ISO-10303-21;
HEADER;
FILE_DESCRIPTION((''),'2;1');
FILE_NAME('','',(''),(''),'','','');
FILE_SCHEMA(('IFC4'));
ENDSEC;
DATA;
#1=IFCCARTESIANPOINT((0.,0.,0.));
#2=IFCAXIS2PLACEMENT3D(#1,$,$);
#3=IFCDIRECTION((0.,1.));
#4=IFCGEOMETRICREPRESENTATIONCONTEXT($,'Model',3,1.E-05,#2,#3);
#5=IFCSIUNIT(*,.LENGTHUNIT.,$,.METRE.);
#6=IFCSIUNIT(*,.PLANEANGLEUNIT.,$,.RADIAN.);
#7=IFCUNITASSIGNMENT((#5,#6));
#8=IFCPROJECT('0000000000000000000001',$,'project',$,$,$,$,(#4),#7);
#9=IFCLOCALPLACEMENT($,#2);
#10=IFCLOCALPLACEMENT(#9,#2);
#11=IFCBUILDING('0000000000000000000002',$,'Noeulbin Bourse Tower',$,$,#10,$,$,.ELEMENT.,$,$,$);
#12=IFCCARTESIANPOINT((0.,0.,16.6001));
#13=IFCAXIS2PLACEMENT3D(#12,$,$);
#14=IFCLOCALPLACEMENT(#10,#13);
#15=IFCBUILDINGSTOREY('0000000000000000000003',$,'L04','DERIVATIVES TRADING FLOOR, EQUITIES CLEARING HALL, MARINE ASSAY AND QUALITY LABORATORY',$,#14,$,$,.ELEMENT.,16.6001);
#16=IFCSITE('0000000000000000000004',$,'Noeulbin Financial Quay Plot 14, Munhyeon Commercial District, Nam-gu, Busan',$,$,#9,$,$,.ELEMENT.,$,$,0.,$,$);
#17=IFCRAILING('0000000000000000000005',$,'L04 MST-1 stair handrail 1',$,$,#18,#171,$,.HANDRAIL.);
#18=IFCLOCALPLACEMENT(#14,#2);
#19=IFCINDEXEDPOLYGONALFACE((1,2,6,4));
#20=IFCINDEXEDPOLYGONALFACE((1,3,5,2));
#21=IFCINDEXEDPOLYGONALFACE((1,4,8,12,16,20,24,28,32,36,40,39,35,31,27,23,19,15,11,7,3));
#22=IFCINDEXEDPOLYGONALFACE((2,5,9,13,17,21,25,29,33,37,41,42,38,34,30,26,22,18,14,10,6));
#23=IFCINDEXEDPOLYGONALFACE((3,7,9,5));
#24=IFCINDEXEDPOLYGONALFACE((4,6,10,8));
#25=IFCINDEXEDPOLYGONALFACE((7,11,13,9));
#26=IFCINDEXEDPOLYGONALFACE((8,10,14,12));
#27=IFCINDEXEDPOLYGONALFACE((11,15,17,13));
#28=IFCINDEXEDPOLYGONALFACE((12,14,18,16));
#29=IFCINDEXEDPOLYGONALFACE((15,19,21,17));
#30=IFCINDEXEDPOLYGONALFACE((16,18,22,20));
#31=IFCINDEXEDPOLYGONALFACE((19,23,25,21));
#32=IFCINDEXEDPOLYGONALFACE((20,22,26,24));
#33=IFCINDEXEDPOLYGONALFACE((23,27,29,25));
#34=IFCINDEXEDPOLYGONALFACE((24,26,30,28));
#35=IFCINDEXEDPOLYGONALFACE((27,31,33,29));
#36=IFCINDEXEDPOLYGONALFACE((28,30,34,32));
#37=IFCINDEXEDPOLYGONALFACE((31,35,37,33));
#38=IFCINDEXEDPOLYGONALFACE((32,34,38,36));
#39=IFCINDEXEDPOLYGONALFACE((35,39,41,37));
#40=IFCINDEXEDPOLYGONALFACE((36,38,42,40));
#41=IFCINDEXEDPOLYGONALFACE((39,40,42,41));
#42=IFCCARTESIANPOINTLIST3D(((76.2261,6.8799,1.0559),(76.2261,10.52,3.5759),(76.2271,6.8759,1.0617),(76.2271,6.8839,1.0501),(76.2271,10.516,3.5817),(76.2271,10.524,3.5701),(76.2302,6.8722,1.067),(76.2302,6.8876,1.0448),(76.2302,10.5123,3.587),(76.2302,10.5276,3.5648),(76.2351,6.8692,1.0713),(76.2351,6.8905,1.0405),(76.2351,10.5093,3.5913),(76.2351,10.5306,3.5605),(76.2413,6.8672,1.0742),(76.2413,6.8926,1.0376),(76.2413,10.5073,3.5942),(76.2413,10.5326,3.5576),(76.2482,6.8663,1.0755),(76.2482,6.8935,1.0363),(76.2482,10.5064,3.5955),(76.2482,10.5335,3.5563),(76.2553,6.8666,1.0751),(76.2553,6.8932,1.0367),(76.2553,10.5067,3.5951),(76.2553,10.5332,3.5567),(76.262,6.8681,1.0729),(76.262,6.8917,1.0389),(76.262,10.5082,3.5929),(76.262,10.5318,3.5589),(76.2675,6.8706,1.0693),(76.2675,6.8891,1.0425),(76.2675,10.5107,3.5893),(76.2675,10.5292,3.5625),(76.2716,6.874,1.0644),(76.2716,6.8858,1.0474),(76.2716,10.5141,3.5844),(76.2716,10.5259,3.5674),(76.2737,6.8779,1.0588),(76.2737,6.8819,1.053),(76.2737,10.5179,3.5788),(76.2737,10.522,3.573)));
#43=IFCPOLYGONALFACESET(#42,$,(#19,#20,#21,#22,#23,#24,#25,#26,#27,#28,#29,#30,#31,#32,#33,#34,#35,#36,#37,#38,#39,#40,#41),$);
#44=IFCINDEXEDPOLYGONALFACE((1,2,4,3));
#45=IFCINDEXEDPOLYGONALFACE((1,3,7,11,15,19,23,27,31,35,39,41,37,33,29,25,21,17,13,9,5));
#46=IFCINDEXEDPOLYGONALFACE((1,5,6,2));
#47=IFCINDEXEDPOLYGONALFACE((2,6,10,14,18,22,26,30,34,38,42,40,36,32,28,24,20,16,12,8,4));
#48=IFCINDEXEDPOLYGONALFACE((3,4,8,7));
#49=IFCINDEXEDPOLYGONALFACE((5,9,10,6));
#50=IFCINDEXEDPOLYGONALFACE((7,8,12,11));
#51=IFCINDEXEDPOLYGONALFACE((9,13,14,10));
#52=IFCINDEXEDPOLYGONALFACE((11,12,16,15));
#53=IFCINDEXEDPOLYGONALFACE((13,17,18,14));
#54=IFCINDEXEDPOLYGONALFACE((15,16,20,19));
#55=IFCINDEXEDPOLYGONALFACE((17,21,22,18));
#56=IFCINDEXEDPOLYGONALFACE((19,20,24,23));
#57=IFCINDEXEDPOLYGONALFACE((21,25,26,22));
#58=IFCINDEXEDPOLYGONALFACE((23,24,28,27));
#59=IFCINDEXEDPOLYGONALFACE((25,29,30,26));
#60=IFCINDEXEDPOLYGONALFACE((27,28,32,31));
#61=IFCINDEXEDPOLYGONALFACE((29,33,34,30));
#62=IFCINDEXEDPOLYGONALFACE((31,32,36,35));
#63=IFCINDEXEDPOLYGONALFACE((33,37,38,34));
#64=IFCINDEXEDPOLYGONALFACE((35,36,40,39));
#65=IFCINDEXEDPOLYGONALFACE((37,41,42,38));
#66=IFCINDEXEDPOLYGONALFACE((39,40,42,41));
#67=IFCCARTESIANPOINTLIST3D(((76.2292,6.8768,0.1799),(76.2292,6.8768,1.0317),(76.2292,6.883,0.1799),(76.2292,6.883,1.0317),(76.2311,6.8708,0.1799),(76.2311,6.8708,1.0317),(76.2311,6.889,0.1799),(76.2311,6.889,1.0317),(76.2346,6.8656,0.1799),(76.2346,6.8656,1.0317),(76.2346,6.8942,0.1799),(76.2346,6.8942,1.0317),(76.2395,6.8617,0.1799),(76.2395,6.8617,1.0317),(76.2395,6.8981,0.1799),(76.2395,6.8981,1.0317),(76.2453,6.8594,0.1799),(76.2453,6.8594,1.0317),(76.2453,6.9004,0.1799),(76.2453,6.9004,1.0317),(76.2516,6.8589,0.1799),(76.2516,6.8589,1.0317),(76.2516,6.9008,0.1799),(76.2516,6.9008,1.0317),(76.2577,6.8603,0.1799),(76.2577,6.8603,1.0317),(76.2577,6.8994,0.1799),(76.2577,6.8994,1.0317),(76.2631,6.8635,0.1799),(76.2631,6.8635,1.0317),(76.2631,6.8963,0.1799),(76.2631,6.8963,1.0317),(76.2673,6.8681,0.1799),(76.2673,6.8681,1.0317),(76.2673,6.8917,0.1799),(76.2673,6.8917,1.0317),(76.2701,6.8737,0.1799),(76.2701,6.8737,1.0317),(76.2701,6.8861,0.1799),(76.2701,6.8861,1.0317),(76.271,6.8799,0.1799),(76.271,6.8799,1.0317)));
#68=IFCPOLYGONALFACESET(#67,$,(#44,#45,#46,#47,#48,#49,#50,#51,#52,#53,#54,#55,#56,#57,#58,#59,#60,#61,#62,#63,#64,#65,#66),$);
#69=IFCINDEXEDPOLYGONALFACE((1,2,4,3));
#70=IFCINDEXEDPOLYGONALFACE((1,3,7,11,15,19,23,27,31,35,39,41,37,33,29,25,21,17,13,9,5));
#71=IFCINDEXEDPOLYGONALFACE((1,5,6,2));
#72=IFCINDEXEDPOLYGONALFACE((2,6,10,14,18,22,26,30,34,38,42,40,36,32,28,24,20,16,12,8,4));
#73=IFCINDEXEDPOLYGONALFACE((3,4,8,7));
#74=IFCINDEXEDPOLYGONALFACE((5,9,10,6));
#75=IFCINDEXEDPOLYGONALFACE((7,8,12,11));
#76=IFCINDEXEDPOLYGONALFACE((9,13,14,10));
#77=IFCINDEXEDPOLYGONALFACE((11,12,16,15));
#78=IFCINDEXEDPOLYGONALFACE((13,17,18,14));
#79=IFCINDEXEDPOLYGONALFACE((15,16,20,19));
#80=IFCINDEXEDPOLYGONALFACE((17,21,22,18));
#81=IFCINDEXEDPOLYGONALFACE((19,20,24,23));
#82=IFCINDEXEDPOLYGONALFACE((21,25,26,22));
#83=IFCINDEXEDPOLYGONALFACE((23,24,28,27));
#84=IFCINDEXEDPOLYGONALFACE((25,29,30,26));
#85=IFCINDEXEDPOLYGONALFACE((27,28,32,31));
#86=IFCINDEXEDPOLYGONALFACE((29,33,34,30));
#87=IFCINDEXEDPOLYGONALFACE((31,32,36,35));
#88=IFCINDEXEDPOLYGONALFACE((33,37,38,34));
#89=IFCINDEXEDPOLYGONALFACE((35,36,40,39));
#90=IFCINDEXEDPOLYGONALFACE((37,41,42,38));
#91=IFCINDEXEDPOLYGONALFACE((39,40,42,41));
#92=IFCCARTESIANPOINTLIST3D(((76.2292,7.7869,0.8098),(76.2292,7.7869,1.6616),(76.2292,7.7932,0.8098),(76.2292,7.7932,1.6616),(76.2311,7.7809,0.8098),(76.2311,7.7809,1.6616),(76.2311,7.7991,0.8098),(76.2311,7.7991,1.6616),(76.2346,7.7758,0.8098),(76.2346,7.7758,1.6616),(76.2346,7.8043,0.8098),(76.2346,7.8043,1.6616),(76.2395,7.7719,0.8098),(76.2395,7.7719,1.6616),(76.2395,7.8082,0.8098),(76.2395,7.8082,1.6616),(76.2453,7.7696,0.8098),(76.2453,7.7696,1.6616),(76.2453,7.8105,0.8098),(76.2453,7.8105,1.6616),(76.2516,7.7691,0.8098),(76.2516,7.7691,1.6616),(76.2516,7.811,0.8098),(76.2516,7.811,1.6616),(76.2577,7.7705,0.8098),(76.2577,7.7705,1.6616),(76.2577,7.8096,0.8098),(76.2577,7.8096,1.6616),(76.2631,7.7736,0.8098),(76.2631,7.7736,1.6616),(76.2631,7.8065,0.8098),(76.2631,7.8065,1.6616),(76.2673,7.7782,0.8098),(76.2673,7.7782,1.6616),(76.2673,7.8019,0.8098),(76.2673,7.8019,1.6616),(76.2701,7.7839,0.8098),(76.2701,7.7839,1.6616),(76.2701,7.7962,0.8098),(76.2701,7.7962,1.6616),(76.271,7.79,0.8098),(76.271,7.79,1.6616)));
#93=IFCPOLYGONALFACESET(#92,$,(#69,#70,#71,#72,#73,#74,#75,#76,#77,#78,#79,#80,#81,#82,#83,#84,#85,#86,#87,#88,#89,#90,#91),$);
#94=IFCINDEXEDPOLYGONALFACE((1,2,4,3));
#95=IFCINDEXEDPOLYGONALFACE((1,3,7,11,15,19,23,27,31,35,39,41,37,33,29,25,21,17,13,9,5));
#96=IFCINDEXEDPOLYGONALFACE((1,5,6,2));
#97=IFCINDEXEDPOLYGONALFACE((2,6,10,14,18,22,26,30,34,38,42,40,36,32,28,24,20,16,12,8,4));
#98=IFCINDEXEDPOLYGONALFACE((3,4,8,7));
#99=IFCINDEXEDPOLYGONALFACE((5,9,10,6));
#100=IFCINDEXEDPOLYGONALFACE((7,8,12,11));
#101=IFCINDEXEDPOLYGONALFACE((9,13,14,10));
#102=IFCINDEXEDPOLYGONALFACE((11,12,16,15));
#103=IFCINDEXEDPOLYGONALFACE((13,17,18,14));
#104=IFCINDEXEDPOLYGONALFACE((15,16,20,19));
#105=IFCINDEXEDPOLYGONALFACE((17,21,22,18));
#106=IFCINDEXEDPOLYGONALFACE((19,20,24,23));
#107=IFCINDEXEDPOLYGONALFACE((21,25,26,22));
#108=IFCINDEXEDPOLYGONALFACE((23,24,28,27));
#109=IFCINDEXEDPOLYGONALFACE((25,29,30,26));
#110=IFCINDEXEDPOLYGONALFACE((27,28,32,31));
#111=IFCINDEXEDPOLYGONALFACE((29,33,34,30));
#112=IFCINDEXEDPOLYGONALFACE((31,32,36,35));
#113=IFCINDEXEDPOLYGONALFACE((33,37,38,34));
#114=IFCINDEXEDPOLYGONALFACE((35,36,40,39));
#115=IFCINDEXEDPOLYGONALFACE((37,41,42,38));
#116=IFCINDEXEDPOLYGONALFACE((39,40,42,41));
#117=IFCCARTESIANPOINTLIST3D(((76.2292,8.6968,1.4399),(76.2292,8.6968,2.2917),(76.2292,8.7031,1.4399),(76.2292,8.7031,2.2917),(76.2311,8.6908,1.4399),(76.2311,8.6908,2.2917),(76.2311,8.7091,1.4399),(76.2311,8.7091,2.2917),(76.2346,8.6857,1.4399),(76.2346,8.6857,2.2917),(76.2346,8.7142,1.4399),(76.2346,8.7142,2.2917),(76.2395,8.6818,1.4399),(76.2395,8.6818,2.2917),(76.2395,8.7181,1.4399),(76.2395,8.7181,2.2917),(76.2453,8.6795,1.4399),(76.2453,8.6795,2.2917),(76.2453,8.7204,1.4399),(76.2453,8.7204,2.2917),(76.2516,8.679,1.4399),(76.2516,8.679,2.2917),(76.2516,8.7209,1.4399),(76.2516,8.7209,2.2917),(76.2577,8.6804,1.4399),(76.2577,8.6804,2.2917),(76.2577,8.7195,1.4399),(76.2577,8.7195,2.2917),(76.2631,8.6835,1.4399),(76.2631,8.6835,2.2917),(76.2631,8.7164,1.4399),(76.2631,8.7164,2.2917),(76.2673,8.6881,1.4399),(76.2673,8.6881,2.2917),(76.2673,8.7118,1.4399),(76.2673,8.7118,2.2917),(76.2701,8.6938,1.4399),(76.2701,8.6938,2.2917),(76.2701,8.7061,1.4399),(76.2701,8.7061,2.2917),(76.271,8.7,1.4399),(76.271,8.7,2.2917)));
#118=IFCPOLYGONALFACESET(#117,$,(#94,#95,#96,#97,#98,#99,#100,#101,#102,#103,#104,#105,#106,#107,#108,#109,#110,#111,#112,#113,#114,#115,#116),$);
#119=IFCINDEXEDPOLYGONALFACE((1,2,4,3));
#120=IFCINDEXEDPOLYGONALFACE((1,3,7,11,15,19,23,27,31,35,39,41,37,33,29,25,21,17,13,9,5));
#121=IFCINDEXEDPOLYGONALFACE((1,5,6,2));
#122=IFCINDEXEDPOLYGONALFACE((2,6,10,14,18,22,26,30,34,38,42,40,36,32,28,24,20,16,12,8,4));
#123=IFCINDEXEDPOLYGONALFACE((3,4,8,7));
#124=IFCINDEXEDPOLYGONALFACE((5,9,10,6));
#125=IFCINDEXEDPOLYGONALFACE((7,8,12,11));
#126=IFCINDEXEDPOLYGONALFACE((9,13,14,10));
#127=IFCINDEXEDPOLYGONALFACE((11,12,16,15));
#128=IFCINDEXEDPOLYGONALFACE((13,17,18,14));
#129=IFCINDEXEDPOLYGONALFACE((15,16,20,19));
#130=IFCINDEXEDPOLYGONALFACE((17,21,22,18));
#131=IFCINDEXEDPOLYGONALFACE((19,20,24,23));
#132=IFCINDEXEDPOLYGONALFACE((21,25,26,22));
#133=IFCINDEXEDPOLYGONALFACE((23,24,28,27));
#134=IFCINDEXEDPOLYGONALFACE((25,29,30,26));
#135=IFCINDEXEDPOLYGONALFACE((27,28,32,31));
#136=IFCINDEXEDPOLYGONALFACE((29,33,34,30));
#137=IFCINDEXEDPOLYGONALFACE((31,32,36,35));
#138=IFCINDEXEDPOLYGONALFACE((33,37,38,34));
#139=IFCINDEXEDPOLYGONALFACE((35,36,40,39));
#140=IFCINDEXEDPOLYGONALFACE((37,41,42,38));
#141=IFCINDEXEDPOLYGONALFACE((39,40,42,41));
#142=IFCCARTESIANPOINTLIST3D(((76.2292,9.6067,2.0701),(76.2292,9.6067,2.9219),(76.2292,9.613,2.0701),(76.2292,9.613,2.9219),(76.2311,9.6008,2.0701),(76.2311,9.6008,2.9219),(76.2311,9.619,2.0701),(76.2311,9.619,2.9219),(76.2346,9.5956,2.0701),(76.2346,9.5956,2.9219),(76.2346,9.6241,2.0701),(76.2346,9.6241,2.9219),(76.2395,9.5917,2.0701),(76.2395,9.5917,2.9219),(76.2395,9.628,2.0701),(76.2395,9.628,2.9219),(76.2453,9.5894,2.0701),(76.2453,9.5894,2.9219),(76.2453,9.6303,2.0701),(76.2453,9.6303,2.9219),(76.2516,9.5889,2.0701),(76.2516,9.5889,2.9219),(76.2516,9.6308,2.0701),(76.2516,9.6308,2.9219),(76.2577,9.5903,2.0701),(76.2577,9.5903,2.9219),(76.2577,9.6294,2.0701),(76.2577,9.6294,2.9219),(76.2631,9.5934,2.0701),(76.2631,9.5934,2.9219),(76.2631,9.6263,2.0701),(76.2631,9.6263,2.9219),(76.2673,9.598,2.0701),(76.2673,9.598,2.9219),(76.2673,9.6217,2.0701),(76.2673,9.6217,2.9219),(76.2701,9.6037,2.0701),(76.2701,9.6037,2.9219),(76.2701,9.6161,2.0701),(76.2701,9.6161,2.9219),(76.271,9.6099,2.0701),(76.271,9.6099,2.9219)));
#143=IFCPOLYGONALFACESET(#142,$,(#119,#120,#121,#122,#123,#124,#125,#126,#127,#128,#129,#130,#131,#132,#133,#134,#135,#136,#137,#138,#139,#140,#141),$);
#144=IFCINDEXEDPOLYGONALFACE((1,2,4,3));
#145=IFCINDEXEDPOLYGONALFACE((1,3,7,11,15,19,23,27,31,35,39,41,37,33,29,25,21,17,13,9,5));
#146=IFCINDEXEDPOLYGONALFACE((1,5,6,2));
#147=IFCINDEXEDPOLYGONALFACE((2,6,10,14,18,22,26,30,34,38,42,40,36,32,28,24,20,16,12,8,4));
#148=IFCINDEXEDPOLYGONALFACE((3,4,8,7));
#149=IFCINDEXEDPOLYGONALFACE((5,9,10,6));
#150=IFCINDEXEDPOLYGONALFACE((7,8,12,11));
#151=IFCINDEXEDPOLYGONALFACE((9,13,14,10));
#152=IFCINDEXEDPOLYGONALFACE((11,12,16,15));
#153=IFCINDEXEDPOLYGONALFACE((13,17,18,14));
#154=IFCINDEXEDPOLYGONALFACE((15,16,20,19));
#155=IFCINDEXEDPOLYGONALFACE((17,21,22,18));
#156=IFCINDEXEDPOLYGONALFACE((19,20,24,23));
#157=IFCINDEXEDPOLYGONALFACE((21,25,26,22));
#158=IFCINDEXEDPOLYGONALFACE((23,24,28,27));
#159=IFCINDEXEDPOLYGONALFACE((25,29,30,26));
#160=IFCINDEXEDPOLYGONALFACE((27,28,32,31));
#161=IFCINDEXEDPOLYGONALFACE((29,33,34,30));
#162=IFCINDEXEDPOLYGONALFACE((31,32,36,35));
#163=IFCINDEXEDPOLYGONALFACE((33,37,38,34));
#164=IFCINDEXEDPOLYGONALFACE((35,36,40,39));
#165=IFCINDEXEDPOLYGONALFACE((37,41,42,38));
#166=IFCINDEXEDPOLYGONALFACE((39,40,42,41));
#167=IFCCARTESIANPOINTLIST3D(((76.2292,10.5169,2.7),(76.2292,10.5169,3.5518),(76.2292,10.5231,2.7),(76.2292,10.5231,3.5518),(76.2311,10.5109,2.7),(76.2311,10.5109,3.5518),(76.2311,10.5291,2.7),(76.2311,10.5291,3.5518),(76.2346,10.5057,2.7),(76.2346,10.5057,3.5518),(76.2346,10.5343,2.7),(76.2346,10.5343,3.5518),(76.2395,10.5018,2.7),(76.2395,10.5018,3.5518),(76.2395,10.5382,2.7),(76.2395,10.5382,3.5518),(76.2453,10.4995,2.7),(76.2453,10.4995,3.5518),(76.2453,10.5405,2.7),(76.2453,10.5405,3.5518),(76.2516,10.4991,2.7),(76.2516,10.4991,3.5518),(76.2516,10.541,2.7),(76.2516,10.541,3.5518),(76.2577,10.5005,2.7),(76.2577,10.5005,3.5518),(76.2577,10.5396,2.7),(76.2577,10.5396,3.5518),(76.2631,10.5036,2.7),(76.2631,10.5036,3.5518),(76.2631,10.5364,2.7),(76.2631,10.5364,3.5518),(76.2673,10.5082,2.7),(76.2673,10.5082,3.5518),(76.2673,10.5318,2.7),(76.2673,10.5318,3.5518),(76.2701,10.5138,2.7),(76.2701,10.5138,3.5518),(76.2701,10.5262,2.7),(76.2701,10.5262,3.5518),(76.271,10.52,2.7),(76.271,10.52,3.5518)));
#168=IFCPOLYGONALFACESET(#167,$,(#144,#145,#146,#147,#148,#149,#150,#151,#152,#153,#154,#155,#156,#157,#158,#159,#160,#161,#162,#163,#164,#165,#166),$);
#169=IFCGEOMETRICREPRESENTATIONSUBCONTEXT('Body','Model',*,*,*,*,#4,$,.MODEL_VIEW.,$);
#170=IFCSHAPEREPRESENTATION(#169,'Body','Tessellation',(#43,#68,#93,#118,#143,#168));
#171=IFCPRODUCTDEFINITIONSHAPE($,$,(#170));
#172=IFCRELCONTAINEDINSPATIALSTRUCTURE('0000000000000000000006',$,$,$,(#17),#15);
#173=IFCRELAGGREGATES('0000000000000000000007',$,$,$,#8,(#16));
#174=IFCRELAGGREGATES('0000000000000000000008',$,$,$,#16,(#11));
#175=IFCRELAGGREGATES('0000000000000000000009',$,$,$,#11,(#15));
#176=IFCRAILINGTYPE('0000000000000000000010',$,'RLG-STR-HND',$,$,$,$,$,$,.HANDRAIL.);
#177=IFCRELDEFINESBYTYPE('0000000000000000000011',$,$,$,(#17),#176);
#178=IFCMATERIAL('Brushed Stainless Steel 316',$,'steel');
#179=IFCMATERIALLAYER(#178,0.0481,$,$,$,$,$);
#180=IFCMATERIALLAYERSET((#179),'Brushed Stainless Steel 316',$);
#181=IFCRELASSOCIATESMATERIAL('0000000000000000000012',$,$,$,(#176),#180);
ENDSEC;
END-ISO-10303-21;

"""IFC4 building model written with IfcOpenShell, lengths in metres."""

from ifc_helpers import new_model, si_unit, direction, frame, origin, origin_2d, place, context, subcontext, project, spatial, circle, extrude, material, layer, layer_set, type_object, element, save


model = new_model("IFC4")

# Units and contexts
model_context = context("Model", 3, precision=1e-05, world=origin(), true_north=direction((0.0, 1.0)))
body_context = subcontext(model_context, "Body", "Model", "MODEL_VIEW")
ifc_project = project(units=[si_unit("LENGTHUNIT", "METRE"), si_unit("PLANEANGLEUNIT", "RADIAN")], contexts=[model_context])

# Site, building, storey
site_placement = place(None, origin())
site = spatial("IfcSite", under=ifc_project, at=site_placement, Name="Noeulbin Financial Quay Plot 14, Munhyeon Commercial District, Nam-gu, Busan", CompositionType="ELEMENT", RefElevation=0.0)
building_placement = place(site_placement, origin())
building = spatial("IfcBuilding", under=site, at=building_placement, Name="Noeulbin Bourse Tower", CompositionType="ELEMENT")
storey_placement = place(building_placement, frame((0.0, 0.0, 16.6001)))
storey = spatial("IfcBuildingStorey", under=building, at=storey_placement, Name="L04", Description="DERIVATIVES TRADING FLOOR, EQUITIES CLEARING HALL, MARINE ASSAY AND QUALITY LABORATORY", CompositionType="ELEMENT", Elevation=16.6001)

# Railing
ifc_material_1 = material(Name="Brushed Stainless Steel 316", Category="steel")
ifc_layer_1 = layer(ifc_material_1, 0.0481)
ifc_layer_set_1 = layer_set([ifc_layer_1], Name="Brushed Stainless Steel 316")
railing_type_1 = type_object("IfcRailingType", Name="RLG-STR-HND", PredefinedType="HANDRAIL", material=ifc_layer_set_1)
railing_1_placement = place(storey_placement, frame((76.25, 6.8799, 0.1799)))
element("IfcRailing", 1, at=railing_1_placement, inside=storey, type_object=railing_type_1, Name="L04 MST-1 stair handrail 1", PredefinedType="HANDRAIL", context=body_context, shape_type="SweptSolid", body=[
    extrude(circle(Radius=0.0239, at=origin_2d()), frame((0.0, 0.0, 0.876), z_axis=(0.0, 0.8222, 0.569199), x_axis=(-1.0, 0.0, 0.0)), (0.0, 0.0, 1.0), 4.4272),
    extrude(circle(Radius=0.021, at=origin_2d()), origin(), (0.0, 0.0, 1.0), 0.8518),
    extrude(circle(Radius=0.021, at=origin_2d()), frame((0.0, 0.9102, 0.6299)), (0.0, 0.0, 1.0), 0.8518),
    extrude(circle(Radius=0.021, at=origin_2d()), frame((0.0, 1.8201, 1.26)), (0.0, 0.0, 1.0), 0.8518),
    extrude(circle(Radius=0.021, at=origin_2d()), frame((0.0, 2.73, 1.8901)), (0.0, 0.0, 1.0), 0.8518),
    extrude(circle(Radius=0.021, at=origin_2d()), frame((0.0, 3.6401, 2.52)), (0.0, 0.0, 1.0), 0.8518),
])

save(model, "model.ifc")
